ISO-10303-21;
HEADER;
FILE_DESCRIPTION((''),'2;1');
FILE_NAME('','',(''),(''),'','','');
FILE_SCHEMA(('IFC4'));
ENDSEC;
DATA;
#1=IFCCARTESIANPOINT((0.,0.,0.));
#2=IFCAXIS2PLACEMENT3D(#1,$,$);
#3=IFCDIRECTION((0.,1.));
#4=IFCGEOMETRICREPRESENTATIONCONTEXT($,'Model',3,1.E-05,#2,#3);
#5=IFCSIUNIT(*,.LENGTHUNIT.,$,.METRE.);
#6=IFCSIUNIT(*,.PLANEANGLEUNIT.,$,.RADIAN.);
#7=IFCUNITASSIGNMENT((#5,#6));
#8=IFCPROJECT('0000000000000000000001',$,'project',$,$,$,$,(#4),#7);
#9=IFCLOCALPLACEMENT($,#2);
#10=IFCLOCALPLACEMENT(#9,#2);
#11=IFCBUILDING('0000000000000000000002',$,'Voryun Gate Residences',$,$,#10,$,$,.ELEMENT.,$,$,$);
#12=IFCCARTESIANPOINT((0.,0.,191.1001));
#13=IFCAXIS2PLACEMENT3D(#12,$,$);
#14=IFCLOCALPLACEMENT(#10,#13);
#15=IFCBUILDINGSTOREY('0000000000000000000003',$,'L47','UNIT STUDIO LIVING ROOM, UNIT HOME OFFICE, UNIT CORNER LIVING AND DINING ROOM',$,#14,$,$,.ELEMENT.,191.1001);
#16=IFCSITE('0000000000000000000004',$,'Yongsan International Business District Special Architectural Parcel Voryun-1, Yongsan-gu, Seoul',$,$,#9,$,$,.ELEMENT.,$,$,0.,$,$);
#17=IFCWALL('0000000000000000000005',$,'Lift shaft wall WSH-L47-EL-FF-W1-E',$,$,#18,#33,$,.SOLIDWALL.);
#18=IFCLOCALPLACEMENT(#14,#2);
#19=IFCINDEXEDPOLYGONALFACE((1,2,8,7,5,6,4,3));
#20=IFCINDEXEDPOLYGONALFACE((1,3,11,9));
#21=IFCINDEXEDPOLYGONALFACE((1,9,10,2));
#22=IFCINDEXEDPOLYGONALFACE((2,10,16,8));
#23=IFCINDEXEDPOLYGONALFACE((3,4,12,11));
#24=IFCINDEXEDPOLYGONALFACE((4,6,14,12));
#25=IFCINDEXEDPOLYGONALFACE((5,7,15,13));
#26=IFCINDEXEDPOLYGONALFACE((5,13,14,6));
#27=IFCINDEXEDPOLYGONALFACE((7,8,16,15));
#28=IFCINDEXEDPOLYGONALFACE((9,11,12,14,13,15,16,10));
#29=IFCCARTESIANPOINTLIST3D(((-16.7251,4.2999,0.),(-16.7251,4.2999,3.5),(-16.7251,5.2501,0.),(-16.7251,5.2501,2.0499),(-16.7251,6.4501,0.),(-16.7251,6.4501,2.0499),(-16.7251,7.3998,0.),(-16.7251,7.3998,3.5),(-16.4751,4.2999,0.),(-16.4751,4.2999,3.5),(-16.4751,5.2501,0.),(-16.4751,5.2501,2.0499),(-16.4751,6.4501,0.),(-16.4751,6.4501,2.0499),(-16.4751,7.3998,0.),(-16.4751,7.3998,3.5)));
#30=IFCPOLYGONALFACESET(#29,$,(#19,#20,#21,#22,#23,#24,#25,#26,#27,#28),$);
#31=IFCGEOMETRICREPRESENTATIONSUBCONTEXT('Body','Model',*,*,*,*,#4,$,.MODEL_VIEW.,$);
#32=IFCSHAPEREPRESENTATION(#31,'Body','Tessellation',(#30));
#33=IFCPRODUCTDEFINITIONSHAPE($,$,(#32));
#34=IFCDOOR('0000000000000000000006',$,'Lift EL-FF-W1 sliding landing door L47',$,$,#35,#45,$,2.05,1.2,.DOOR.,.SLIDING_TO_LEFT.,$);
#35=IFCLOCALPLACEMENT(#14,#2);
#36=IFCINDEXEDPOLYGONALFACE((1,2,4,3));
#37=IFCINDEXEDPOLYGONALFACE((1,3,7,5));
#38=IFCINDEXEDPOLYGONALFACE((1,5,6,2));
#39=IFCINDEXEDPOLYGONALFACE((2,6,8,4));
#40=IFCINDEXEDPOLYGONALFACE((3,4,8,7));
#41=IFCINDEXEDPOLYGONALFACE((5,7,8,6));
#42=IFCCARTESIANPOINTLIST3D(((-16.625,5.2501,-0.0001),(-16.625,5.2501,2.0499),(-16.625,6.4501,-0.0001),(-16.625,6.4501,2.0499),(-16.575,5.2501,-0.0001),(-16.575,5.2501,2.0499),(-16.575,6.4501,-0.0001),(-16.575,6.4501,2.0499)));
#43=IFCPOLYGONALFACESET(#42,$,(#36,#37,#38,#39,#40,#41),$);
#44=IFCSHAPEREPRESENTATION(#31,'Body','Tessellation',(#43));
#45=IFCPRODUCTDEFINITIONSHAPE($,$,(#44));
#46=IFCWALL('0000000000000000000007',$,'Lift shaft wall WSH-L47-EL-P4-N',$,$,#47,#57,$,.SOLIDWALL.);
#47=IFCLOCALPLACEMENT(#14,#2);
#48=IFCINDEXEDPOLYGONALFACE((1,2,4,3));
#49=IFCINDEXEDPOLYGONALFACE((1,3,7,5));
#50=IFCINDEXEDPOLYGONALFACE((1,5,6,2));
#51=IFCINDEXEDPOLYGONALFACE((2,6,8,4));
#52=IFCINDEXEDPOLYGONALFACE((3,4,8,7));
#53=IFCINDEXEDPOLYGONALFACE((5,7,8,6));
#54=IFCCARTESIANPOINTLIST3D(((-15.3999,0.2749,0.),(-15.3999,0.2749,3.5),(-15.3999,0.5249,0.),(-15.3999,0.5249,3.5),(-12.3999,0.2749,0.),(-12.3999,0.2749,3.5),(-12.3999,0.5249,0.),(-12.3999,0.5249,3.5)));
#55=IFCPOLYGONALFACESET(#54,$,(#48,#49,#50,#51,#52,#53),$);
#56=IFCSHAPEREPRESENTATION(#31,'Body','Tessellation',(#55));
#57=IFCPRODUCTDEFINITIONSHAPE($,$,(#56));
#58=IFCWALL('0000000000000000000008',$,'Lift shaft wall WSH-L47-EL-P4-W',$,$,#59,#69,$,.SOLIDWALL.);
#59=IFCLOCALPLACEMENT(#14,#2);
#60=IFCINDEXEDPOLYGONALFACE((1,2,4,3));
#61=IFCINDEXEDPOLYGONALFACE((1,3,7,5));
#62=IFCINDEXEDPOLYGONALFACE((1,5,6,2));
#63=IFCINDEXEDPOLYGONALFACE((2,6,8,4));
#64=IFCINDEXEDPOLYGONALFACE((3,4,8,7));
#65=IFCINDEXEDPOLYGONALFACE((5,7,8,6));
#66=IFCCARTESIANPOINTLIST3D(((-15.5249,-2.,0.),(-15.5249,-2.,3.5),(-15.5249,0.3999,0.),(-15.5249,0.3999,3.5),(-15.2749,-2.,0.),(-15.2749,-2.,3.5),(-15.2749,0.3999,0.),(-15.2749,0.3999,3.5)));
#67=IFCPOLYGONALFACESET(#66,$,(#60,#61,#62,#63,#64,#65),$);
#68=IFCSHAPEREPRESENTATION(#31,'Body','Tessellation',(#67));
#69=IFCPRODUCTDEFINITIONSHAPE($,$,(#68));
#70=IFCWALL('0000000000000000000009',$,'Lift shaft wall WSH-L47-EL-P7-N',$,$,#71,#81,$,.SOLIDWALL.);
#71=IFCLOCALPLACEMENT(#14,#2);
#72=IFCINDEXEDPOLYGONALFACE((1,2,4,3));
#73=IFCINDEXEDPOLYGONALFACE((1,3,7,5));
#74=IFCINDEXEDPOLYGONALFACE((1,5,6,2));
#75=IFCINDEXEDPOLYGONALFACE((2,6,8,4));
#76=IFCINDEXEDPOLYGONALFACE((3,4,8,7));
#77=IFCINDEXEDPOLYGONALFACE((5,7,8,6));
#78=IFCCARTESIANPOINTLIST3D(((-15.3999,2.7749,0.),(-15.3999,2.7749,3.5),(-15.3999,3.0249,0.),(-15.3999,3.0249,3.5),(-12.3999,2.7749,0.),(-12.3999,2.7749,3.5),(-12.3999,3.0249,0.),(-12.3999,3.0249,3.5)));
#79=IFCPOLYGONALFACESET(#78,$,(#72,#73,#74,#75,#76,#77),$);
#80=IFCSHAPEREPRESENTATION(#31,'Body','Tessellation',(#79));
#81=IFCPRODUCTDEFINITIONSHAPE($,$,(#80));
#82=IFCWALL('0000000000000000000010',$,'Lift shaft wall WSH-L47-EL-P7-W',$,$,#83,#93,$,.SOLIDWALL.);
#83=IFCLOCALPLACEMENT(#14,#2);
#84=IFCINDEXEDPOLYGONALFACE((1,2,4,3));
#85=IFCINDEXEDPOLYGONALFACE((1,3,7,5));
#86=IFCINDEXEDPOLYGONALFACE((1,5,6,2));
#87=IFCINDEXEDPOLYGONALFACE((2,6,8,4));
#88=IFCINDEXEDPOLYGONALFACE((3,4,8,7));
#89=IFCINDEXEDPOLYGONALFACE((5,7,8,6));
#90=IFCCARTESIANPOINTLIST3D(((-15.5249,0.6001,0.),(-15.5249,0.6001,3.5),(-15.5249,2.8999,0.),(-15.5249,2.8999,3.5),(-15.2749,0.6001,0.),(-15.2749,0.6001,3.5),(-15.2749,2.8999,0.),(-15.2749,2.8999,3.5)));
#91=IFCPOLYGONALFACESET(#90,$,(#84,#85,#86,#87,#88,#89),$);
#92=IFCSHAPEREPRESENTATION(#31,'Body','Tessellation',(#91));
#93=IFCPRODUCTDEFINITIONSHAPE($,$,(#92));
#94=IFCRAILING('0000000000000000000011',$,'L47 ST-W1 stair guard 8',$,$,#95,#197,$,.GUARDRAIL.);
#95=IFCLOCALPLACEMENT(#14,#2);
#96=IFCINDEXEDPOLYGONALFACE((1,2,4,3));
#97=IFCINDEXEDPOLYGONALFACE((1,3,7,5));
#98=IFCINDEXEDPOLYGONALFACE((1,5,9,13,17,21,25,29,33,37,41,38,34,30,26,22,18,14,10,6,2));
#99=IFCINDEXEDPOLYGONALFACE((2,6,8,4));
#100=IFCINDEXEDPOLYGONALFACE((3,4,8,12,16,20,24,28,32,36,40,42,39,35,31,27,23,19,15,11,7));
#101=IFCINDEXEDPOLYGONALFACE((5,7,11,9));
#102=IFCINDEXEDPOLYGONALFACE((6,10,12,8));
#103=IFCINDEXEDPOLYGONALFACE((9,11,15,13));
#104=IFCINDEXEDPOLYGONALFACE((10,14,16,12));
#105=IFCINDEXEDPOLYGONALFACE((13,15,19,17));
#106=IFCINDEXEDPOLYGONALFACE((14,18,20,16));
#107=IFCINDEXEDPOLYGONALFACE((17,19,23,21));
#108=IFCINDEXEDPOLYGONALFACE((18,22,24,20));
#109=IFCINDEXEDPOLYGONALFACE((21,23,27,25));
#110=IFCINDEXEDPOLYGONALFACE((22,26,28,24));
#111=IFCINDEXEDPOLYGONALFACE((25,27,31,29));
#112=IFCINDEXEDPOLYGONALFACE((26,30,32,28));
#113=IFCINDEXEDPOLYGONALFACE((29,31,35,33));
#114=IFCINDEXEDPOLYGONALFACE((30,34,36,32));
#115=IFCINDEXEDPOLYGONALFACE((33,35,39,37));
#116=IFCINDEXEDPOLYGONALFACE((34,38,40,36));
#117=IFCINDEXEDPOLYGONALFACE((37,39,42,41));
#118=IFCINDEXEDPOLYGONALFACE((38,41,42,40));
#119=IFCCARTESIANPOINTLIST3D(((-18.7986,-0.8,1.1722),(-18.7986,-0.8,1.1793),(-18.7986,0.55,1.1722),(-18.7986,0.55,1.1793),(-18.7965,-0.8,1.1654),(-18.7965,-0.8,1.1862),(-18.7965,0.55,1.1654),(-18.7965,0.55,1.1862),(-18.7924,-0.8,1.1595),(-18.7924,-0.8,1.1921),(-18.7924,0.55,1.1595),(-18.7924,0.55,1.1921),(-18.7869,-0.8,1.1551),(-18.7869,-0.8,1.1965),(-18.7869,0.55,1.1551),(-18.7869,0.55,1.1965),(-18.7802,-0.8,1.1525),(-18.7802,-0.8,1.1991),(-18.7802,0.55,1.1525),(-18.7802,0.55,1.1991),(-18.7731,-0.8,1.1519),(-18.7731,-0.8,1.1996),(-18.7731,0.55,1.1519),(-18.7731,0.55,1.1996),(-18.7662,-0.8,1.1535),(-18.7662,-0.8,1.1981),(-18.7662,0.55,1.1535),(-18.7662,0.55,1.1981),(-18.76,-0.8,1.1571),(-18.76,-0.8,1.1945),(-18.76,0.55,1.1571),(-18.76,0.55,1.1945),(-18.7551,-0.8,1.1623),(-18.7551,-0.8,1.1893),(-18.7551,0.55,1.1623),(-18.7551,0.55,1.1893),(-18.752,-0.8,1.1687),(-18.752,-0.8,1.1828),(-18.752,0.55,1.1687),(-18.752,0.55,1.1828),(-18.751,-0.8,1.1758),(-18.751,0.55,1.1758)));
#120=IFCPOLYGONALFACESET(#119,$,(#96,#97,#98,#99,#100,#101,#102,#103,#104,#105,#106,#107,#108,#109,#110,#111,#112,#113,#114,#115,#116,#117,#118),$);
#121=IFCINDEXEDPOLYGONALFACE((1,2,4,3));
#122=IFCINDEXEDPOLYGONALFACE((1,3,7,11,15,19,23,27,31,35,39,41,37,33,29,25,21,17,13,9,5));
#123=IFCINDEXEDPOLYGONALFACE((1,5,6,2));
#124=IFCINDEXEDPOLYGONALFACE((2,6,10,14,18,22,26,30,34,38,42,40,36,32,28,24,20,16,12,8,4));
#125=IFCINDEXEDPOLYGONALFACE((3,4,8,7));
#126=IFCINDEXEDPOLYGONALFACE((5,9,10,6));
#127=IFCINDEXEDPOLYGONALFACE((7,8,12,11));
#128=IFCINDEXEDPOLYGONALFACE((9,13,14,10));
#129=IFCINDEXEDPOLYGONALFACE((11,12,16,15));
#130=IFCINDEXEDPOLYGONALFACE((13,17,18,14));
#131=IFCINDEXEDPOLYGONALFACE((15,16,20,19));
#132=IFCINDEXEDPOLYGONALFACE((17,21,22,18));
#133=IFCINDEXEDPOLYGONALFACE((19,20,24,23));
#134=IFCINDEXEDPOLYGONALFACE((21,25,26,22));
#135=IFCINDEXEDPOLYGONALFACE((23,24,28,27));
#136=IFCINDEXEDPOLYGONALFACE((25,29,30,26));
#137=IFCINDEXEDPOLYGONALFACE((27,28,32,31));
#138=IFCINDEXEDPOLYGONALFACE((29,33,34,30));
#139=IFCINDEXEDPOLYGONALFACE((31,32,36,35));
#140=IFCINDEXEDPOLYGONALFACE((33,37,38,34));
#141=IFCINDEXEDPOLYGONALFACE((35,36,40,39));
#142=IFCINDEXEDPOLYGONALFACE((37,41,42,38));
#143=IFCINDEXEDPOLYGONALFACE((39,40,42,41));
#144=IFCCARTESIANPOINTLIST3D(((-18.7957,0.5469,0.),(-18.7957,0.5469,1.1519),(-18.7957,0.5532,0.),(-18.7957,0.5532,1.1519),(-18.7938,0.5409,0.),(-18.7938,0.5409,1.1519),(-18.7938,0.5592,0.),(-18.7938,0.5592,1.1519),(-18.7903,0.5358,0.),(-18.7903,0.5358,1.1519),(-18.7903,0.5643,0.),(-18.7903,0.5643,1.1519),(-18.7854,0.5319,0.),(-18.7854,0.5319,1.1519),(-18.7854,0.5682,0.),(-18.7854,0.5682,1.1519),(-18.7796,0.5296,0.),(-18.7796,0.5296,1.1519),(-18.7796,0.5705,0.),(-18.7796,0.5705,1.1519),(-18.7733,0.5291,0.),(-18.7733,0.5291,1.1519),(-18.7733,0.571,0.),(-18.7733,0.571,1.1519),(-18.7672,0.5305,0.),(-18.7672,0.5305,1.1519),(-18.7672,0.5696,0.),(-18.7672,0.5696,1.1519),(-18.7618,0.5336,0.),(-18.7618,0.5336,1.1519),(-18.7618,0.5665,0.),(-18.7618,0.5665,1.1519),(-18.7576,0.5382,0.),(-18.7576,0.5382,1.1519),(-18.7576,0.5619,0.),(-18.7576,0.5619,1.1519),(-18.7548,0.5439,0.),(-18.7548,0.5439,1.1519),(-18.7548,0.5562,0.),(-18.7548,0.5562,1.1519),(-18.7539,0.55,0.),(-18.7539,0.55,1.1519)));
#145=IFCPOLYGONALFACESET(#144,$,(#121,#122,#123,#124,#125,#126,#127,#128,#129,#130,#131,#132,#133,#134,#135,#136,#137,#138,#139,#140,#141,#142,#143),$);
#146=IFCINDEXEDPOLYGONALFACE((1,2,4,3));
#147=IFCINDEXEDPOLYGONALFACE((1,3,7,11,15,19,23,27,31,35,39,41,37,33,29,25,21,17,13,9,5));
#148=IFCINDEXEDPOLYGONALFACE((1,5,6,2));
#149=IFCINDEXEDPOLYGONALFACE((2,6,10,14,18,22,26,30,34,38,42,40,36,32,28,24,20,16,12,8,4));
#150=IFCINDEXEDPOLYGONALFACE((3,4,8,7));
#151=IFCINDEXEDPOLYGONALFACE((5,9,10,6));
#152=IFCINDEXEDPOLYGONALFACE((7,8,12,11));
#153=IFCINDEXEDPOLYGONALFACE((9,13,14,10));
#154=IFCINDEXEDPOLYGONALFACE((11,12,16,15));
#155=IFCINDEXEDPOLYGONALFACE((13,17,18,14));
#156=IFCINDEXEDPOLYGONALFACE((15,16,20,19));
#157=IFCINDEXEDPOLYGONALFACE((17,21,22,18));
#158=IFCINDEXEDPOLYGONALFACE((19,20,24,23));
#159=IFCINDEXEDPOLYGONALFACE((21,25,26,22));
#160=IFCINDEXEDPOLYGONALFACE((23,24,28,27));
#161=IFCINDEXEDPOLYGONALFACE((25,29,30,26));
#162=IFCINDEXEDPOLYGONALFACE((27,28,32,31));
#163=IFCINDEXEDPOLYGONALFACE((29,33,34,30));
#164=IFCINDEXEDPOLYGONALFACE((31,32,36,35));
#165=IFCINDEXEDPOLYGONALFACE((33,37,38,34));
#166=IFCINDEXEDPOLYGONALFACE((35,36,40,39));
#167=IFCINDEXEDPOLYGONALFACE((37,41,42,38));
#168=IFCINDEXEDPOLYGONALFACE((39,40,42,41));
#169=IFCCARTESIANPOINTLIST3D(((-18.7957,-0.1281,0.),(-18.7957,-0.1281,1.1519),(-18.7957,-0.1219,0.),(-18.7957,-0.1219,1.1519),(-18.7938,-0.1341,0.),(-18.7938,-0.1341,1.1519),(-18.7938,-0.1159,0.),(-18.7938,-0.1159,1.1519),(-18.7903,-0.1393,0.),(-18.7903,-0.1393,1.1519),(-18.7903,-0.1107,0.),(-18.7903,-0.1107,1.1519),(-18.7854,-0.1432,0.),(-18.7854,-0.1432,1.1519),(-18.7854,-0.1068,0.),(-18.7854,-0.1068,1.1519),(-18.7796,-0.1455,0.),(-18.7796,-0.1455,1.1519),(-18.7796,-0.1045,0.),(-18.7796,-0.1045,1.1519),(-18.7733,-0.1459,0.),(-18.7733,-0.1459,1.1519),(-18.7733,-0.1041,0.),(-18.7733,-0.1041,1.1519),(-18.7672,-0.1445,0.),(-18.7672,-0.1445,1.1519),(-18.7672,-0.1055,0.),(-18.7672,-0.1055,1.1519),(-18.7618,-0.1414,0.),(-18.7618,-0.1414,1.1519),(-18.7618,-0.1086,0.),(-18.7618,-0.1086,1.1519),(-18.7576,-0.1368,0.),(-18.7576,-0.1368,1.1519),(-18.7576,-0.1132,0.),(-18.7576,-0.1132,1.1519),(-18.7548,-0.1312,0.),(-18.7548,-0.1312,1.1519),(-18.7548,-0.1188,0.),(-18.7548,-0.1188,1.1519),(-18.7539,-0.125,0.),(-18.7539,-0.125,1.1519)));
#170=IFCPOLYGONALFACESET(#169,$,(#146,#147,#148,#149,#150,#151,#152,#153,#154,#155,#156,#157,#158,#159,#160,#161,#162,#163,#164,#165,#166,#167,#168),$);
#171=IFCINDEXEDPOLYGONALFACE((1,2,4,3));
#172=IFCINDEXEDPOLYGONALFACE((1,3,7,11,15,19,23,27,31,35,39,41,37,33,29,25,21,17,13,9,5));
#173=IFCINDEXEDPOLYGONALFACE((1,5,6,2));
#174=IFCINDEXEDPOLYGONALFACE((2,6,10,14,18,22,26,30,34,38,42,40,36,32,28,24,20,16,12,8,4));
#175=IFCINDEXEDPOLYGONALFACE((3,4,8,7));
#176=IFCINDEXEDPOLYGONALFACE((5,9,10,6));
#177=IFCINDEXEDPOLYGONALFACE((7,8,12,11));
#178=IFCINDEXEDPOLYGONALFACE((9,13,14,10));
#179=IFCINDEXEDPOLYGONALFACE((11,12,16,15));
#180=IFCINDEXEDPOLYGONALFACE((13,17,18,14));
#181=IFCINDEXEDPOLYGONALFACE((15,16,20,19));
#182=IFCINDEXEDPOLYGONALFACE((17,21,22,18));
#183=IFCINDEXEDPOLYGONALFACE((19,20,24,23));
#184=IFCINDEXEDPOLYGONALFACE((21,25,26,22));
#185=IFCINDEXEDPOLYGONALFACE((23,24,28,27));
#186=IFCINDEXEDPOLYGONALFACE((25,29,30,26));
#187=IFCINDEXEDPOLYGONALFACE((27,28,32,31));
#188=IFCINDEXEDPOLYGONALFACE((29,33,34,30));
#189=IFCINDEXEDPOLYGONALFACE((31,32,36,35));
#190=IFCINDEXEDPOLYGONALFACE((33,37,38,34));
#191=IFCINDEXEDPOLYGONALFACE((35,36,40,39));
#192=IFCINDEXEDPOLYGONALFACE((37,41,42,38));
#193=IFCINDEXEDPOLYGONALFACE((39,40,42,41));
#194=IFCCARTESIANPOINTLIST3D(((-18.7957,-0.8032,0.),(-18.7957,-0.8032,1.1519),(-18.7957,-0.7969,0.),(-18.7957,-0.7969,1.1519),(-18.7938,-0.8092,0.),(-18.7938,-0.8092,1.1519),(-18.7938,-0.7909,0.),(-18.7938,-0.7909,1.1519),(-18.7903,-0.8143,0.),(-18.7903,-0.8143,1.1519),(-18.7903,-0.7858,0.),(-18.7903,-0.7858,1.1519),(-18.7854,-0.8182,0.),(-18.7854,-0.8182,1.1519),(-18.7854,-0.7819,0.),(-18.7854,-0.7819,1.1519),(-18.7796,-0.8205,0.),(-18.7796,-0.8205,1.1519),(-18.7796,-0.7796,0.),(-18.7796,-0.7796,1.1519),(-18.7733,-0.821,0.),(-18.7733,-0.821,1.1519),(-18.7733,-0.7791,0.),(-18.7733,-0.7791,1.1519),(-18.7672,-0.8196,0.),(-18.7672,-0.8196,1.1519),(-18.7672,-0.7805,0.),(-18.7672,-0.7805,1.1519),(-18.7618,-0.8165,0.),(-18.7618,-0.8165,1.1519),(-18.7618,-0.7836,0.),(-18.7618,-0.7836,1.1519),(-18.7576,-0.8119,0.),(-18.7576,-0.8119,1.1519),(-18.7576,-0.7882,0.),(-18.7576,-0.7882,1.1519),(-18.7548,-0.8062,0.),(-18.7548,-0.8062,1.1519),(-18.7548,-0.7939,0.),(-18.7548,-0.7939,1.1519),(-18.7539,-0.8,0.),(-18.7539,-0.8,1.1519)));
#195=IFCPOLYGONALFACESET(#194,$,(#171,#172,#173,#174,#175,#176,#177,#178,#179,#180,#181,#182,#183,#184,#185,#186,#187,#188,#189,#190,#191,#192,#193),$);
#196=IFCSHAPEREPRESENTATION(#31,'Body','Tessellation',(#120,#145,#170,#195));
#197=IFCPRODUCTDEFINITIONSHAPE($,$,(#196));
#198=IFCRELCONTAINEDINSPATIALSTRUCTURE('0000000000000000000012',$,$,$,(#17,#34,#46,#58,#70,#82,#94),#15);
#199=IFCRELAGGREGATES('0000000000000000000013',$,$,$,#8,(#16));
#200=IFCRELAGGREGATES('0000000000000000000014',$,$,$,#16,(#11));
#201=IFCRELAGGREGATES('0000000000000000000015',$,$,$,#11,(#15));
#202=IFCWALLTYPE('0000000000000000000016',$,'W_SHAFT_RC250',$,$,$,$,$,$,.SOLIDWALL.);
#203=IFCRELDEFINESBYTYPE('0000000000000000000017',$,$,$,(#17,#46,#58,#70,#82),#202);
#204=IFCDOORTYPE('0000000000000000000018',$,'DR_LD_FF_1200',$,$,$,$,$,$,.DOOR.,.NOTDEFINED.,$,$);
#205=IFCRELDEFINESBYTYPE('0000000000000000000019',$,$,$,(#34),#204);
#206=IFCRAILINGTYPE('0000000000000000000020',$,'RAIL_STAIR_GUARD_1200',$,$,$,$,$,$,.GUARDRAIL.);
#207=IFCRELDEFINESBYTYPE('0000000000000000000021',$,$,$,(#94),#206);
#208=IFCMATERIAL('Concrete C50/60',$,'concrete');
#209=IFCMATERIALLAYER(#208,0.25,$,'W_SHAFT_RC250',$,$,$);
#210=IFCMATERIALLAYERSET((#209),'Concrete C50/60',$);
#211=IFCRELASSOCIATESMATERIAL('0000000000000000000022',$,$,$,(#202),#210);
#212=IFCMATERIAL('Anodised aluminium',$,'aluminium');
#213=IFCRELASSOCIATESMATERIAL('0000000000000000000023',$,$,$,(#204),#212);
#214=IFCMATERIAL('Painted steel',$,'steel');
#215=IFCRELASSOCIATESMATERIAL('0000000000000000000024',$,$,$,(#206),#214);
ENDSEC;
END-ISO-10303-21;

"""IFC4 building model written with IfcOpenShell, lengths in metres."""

from ifc_helpers import new_model, si_unit, direction, frame, frame_2d, origin, origin_2d, place, context, subcontext, project, spatial, rectangle, circle, extrude, material, layer, layer_set, type_object, element, fill, save


model = new_model("IFC4")

# Units and contexts
model_context = context("Model", 3, precision=1e-05, world=origin(), true_north=direction((0.0, 1.0)))
body_context = subcontext(model_context, "Body", "Model", "MODEL_VIEW")
ifc_project = project(units=[si_unit("LENGTHUNIT", "METRE"), si_unit("PLANEANGLEUNIT", "RADIAN")], contexts=[model_context])

# Site, building, storey
site_placement = place(None, origin())
site = spatial("IfcSite", under=ifc_project, at=site_placement, Name="Yongsan International Business District Special Architectural Parcel Voryun-1, Yongsan-gu, Seoul", CompositionType="ELEMENT", RefElevation=0.0)
building_placement = place(site_placement, origin())
building = spatial("IfcBuilding", under=site, at=building_placement, Name="Voryun Gate Residences", CompositionType="ELEMENT")
storey_placement = place(building_placement, frame((0.0, 0.0, 191.1001)))
storey = spatial("IfcBuildingStorey", under=building, at=storey_placement, Name="L47", Description="UNIT STUDIO LIVING ROOM, UNIT HOME OFFICE, UNIT CORNER LIVING AND DINING ROOM", CompositionType="ELEMENT", Elevation=191.1001)

# Wall, opening, door
ifc_material_1 = material(Name="Concrete C50/60", Category="concrete")
ifc_layer_1 = layer(ifc_material_1, 0.25, Name="W_SHAFT_RC250")
ifc_layer_set_1 = layer_set([ifc_layer_1], Name="Concrete C50/60")
wall_type_1 = type_object("IfcWallType", Name="W_SHAFT_RC250", PredefinedType="SOLIDWALL", material=ifc_layer_set_1)
wall_1_placement = place(storey_placement, frame((-16.6001, 4.3, 0.0), z_axis=(0.0, 0.0, 1.0), x_axis=(0.0, 1.0, 0.0)))
wall_1 = element("IfcWall", 1, at=wall_1_placement, inside=storey, type_object=wall_type_1, Name="Lift shaft wall WSH-L47-EL-FF-W1-E", PredefinedType="SOLIDWALL", context=body_context, shape_type="SweptSolid", body=[
    extrude(rectangle(XDim=3.0999, YDim=0.25, at=frame_2d((1.5498, 0.0))), origin(), (0.0, 0.0, 1.0), 3.5),
])
opening_1_placement = place(wall_1_placement, frame((0.95, 0.0, 0.0)))
opening_1 = element("IfcOpeningElement", 2, at=opening_1_placement, cuts=wall_1, PredefinedType="OPENING", context=body_context, shape_type="SweptSolid", body=[
    extrude(rectangle(XDim=1.2, YDim=2.05, at=frame_2d((0.6001, 1.0249))), frame((0.0, 0.135, 0.0), z_axis=(0.0, -1.0, 0.0), x_axis=(1.0, 0.0, 0.0)), (0.0, 0.0, 1.0), 0.27),
])
ifc_material_2 = material(Name="Anodised aluminium", Category="aluminium")
door_type_1 = type_object("IfcDoorType", Name="DR_LD_FF_1200", OperationType="NOTDEFINED", PredefinedType="DOOR", material=ifc_material_2)
door_1_placement = place(opening_1_placement, origin())
door_1 = element("IfcDoor", 3, at=door_1_placement, inside=storey, type_object=door_type_1, Name="Lift EL-FF-W1 sliding landing door L47", OperationType="SLIDING_TO_LEFT", OverallHeight=2.05, OverallWidth=1.2, PredefinedType="DOOR", context=body_context, shape_type="SweptSolid", body=[
    extrude(rectangle(XDim=1.2, YDim=2.05, at=frame_2d((0.6001, 1.0249))), frame((0.0, 0.0249, 0.0), z_axis=(0.0, -1.0, 0.0), x_axis=(1.0, 0.0, 0.0)), (0.0, 0.0, 1.0), 0.05),
])
fill(opening_1, door_1)

# Walls
wall_2_placement = place(storey_placement, frame((-12.3999, 0.3999, 0.0), z_axis=(0.0, 0.0, 1.0), x_axis=(-1.0, 0.0, 0.0)))
element("IfcWall", 4, at=wall_2_placement, inside=storey, type_object=wall_type_1, Name="Lift shaft wall WSH-L47-EL-P4-N", PredefinedType="SOLIDWALL", context=body_context, shape_type="SweptSolid", body=[
    extrude(rectangle(XDim=3.0, YDim=0.25, at=frame_2d((1.5, 0.0))), origin(), (0.0, 0.0, 1.0), 3.5),
])
wall_3_placement = place(storey_placement, frame((-15.3999, 0.3999, 0.0), z_axis=(0.0, 0.0, 1.0), x_axis=(0.0, -1.0, 0.0)))
element("IfcWall", 5, at=wall_3_placement, inside=storey, type_object=wall_type_1, Name="Lift shaft wall WSH-L47-EL-P4-W", PredefinedType="SOLIDWALL", context=body_context, shape_type="SweptSolid", body=[
    extrude(rectangle(XDim=2.3999, YDim=0.25, at=frame_2d((1.2, 0.0))), origin(), (0.0, 0.0, 1.0), 3.5),
])
wall_4_placement = place(storey_placement, frame((-12.3999, 2.8999, 0.0), z_axis=(0.0, 0.0, 1.0), x_axis=(-1.0, 0.0, 0.0)))
element("IfcWall", 6, at=wall_4_placement, inside=storey, type_object=wall_type_1, Name="Lift shaft wall WSH-L47-EL-P7-N", PredefinedType="SOLIDWALL", context=body_context, shape_type="SweptSolid", body=[
    extrude(rectangle(XDim=3.0, YDim=0.25, at=frame_2d((1.5, 0.0))), origin(), (0.0, 0.0, 1.0), 3.5),
])
wall_5_placement = place(storey_placement, frame((-15.3999, 2.8999, 0.0), z_axis=(0.0, 0.0, 1.0), x_axis=(0.0, -1.0, 0.0)))
element("IfcWall", 7, at=wall_5_placement, inside=storey, type_object=wall_type_1, Name="Lift shaft wall WSH-L47-EL-P7-W", PredefinedType="SOLIDWALL", context=body_context, shape_type="SweptSolid", body=[
    extrude(rectangle(XDim=2.2998, YDim=0.25, at=frame_2d((1.1499, 0.0))), origin(), (0.0, 0.0, 1.0), 3.5),
])

# Railing
ifc_material_3 = material(Name="Painted steel", Category="steel")
railing_type = type_object("IfcRailingType", Name="RAIL_STAIR_GUARD_1200", PredefinedType="GUARDRAIL", material=ifc_material_3)
for number, where, name in (
    (8, (-18.7749, 0.55, 0.0), "L47 ST-W1 stair guard 8"),
):
    element("IfcRailing", number, at=place(storey_placement, frame(where)), inside=storey, type_object=railing_type, Name=name, PredefinedType="GUARDRAIL", context=body_context, shape_type="SweptSolid", body=[
        extrude(circle(Radius=0.0239, at=origin_2d()), frame((0.0, 0.0, 1.1758), z_axis=(0.0, -1.0, 0.0), x_axis=(1.0, 0.0, 0.0)), (0.0, 0.0, 1.0), 1.3501),
        extrude(circle(Radius=0.021, at=origin_2d()), origin(), (0.0, 0.0, 1.0), 1.1519),
        extrude(circle(Radius=0.021, at=origin_2d()), frame((0.0, -0.675, 0.0)), (0.0, 0.0, 1.0), 1.1519),
        extrude(circle(Radius=0.021, at=origin_2d()), frame((0.0, -1.3501, 0.0)), (0.0, 0.0, 1.0), 1.1519),
    ])

save(model, "model.ifc")
